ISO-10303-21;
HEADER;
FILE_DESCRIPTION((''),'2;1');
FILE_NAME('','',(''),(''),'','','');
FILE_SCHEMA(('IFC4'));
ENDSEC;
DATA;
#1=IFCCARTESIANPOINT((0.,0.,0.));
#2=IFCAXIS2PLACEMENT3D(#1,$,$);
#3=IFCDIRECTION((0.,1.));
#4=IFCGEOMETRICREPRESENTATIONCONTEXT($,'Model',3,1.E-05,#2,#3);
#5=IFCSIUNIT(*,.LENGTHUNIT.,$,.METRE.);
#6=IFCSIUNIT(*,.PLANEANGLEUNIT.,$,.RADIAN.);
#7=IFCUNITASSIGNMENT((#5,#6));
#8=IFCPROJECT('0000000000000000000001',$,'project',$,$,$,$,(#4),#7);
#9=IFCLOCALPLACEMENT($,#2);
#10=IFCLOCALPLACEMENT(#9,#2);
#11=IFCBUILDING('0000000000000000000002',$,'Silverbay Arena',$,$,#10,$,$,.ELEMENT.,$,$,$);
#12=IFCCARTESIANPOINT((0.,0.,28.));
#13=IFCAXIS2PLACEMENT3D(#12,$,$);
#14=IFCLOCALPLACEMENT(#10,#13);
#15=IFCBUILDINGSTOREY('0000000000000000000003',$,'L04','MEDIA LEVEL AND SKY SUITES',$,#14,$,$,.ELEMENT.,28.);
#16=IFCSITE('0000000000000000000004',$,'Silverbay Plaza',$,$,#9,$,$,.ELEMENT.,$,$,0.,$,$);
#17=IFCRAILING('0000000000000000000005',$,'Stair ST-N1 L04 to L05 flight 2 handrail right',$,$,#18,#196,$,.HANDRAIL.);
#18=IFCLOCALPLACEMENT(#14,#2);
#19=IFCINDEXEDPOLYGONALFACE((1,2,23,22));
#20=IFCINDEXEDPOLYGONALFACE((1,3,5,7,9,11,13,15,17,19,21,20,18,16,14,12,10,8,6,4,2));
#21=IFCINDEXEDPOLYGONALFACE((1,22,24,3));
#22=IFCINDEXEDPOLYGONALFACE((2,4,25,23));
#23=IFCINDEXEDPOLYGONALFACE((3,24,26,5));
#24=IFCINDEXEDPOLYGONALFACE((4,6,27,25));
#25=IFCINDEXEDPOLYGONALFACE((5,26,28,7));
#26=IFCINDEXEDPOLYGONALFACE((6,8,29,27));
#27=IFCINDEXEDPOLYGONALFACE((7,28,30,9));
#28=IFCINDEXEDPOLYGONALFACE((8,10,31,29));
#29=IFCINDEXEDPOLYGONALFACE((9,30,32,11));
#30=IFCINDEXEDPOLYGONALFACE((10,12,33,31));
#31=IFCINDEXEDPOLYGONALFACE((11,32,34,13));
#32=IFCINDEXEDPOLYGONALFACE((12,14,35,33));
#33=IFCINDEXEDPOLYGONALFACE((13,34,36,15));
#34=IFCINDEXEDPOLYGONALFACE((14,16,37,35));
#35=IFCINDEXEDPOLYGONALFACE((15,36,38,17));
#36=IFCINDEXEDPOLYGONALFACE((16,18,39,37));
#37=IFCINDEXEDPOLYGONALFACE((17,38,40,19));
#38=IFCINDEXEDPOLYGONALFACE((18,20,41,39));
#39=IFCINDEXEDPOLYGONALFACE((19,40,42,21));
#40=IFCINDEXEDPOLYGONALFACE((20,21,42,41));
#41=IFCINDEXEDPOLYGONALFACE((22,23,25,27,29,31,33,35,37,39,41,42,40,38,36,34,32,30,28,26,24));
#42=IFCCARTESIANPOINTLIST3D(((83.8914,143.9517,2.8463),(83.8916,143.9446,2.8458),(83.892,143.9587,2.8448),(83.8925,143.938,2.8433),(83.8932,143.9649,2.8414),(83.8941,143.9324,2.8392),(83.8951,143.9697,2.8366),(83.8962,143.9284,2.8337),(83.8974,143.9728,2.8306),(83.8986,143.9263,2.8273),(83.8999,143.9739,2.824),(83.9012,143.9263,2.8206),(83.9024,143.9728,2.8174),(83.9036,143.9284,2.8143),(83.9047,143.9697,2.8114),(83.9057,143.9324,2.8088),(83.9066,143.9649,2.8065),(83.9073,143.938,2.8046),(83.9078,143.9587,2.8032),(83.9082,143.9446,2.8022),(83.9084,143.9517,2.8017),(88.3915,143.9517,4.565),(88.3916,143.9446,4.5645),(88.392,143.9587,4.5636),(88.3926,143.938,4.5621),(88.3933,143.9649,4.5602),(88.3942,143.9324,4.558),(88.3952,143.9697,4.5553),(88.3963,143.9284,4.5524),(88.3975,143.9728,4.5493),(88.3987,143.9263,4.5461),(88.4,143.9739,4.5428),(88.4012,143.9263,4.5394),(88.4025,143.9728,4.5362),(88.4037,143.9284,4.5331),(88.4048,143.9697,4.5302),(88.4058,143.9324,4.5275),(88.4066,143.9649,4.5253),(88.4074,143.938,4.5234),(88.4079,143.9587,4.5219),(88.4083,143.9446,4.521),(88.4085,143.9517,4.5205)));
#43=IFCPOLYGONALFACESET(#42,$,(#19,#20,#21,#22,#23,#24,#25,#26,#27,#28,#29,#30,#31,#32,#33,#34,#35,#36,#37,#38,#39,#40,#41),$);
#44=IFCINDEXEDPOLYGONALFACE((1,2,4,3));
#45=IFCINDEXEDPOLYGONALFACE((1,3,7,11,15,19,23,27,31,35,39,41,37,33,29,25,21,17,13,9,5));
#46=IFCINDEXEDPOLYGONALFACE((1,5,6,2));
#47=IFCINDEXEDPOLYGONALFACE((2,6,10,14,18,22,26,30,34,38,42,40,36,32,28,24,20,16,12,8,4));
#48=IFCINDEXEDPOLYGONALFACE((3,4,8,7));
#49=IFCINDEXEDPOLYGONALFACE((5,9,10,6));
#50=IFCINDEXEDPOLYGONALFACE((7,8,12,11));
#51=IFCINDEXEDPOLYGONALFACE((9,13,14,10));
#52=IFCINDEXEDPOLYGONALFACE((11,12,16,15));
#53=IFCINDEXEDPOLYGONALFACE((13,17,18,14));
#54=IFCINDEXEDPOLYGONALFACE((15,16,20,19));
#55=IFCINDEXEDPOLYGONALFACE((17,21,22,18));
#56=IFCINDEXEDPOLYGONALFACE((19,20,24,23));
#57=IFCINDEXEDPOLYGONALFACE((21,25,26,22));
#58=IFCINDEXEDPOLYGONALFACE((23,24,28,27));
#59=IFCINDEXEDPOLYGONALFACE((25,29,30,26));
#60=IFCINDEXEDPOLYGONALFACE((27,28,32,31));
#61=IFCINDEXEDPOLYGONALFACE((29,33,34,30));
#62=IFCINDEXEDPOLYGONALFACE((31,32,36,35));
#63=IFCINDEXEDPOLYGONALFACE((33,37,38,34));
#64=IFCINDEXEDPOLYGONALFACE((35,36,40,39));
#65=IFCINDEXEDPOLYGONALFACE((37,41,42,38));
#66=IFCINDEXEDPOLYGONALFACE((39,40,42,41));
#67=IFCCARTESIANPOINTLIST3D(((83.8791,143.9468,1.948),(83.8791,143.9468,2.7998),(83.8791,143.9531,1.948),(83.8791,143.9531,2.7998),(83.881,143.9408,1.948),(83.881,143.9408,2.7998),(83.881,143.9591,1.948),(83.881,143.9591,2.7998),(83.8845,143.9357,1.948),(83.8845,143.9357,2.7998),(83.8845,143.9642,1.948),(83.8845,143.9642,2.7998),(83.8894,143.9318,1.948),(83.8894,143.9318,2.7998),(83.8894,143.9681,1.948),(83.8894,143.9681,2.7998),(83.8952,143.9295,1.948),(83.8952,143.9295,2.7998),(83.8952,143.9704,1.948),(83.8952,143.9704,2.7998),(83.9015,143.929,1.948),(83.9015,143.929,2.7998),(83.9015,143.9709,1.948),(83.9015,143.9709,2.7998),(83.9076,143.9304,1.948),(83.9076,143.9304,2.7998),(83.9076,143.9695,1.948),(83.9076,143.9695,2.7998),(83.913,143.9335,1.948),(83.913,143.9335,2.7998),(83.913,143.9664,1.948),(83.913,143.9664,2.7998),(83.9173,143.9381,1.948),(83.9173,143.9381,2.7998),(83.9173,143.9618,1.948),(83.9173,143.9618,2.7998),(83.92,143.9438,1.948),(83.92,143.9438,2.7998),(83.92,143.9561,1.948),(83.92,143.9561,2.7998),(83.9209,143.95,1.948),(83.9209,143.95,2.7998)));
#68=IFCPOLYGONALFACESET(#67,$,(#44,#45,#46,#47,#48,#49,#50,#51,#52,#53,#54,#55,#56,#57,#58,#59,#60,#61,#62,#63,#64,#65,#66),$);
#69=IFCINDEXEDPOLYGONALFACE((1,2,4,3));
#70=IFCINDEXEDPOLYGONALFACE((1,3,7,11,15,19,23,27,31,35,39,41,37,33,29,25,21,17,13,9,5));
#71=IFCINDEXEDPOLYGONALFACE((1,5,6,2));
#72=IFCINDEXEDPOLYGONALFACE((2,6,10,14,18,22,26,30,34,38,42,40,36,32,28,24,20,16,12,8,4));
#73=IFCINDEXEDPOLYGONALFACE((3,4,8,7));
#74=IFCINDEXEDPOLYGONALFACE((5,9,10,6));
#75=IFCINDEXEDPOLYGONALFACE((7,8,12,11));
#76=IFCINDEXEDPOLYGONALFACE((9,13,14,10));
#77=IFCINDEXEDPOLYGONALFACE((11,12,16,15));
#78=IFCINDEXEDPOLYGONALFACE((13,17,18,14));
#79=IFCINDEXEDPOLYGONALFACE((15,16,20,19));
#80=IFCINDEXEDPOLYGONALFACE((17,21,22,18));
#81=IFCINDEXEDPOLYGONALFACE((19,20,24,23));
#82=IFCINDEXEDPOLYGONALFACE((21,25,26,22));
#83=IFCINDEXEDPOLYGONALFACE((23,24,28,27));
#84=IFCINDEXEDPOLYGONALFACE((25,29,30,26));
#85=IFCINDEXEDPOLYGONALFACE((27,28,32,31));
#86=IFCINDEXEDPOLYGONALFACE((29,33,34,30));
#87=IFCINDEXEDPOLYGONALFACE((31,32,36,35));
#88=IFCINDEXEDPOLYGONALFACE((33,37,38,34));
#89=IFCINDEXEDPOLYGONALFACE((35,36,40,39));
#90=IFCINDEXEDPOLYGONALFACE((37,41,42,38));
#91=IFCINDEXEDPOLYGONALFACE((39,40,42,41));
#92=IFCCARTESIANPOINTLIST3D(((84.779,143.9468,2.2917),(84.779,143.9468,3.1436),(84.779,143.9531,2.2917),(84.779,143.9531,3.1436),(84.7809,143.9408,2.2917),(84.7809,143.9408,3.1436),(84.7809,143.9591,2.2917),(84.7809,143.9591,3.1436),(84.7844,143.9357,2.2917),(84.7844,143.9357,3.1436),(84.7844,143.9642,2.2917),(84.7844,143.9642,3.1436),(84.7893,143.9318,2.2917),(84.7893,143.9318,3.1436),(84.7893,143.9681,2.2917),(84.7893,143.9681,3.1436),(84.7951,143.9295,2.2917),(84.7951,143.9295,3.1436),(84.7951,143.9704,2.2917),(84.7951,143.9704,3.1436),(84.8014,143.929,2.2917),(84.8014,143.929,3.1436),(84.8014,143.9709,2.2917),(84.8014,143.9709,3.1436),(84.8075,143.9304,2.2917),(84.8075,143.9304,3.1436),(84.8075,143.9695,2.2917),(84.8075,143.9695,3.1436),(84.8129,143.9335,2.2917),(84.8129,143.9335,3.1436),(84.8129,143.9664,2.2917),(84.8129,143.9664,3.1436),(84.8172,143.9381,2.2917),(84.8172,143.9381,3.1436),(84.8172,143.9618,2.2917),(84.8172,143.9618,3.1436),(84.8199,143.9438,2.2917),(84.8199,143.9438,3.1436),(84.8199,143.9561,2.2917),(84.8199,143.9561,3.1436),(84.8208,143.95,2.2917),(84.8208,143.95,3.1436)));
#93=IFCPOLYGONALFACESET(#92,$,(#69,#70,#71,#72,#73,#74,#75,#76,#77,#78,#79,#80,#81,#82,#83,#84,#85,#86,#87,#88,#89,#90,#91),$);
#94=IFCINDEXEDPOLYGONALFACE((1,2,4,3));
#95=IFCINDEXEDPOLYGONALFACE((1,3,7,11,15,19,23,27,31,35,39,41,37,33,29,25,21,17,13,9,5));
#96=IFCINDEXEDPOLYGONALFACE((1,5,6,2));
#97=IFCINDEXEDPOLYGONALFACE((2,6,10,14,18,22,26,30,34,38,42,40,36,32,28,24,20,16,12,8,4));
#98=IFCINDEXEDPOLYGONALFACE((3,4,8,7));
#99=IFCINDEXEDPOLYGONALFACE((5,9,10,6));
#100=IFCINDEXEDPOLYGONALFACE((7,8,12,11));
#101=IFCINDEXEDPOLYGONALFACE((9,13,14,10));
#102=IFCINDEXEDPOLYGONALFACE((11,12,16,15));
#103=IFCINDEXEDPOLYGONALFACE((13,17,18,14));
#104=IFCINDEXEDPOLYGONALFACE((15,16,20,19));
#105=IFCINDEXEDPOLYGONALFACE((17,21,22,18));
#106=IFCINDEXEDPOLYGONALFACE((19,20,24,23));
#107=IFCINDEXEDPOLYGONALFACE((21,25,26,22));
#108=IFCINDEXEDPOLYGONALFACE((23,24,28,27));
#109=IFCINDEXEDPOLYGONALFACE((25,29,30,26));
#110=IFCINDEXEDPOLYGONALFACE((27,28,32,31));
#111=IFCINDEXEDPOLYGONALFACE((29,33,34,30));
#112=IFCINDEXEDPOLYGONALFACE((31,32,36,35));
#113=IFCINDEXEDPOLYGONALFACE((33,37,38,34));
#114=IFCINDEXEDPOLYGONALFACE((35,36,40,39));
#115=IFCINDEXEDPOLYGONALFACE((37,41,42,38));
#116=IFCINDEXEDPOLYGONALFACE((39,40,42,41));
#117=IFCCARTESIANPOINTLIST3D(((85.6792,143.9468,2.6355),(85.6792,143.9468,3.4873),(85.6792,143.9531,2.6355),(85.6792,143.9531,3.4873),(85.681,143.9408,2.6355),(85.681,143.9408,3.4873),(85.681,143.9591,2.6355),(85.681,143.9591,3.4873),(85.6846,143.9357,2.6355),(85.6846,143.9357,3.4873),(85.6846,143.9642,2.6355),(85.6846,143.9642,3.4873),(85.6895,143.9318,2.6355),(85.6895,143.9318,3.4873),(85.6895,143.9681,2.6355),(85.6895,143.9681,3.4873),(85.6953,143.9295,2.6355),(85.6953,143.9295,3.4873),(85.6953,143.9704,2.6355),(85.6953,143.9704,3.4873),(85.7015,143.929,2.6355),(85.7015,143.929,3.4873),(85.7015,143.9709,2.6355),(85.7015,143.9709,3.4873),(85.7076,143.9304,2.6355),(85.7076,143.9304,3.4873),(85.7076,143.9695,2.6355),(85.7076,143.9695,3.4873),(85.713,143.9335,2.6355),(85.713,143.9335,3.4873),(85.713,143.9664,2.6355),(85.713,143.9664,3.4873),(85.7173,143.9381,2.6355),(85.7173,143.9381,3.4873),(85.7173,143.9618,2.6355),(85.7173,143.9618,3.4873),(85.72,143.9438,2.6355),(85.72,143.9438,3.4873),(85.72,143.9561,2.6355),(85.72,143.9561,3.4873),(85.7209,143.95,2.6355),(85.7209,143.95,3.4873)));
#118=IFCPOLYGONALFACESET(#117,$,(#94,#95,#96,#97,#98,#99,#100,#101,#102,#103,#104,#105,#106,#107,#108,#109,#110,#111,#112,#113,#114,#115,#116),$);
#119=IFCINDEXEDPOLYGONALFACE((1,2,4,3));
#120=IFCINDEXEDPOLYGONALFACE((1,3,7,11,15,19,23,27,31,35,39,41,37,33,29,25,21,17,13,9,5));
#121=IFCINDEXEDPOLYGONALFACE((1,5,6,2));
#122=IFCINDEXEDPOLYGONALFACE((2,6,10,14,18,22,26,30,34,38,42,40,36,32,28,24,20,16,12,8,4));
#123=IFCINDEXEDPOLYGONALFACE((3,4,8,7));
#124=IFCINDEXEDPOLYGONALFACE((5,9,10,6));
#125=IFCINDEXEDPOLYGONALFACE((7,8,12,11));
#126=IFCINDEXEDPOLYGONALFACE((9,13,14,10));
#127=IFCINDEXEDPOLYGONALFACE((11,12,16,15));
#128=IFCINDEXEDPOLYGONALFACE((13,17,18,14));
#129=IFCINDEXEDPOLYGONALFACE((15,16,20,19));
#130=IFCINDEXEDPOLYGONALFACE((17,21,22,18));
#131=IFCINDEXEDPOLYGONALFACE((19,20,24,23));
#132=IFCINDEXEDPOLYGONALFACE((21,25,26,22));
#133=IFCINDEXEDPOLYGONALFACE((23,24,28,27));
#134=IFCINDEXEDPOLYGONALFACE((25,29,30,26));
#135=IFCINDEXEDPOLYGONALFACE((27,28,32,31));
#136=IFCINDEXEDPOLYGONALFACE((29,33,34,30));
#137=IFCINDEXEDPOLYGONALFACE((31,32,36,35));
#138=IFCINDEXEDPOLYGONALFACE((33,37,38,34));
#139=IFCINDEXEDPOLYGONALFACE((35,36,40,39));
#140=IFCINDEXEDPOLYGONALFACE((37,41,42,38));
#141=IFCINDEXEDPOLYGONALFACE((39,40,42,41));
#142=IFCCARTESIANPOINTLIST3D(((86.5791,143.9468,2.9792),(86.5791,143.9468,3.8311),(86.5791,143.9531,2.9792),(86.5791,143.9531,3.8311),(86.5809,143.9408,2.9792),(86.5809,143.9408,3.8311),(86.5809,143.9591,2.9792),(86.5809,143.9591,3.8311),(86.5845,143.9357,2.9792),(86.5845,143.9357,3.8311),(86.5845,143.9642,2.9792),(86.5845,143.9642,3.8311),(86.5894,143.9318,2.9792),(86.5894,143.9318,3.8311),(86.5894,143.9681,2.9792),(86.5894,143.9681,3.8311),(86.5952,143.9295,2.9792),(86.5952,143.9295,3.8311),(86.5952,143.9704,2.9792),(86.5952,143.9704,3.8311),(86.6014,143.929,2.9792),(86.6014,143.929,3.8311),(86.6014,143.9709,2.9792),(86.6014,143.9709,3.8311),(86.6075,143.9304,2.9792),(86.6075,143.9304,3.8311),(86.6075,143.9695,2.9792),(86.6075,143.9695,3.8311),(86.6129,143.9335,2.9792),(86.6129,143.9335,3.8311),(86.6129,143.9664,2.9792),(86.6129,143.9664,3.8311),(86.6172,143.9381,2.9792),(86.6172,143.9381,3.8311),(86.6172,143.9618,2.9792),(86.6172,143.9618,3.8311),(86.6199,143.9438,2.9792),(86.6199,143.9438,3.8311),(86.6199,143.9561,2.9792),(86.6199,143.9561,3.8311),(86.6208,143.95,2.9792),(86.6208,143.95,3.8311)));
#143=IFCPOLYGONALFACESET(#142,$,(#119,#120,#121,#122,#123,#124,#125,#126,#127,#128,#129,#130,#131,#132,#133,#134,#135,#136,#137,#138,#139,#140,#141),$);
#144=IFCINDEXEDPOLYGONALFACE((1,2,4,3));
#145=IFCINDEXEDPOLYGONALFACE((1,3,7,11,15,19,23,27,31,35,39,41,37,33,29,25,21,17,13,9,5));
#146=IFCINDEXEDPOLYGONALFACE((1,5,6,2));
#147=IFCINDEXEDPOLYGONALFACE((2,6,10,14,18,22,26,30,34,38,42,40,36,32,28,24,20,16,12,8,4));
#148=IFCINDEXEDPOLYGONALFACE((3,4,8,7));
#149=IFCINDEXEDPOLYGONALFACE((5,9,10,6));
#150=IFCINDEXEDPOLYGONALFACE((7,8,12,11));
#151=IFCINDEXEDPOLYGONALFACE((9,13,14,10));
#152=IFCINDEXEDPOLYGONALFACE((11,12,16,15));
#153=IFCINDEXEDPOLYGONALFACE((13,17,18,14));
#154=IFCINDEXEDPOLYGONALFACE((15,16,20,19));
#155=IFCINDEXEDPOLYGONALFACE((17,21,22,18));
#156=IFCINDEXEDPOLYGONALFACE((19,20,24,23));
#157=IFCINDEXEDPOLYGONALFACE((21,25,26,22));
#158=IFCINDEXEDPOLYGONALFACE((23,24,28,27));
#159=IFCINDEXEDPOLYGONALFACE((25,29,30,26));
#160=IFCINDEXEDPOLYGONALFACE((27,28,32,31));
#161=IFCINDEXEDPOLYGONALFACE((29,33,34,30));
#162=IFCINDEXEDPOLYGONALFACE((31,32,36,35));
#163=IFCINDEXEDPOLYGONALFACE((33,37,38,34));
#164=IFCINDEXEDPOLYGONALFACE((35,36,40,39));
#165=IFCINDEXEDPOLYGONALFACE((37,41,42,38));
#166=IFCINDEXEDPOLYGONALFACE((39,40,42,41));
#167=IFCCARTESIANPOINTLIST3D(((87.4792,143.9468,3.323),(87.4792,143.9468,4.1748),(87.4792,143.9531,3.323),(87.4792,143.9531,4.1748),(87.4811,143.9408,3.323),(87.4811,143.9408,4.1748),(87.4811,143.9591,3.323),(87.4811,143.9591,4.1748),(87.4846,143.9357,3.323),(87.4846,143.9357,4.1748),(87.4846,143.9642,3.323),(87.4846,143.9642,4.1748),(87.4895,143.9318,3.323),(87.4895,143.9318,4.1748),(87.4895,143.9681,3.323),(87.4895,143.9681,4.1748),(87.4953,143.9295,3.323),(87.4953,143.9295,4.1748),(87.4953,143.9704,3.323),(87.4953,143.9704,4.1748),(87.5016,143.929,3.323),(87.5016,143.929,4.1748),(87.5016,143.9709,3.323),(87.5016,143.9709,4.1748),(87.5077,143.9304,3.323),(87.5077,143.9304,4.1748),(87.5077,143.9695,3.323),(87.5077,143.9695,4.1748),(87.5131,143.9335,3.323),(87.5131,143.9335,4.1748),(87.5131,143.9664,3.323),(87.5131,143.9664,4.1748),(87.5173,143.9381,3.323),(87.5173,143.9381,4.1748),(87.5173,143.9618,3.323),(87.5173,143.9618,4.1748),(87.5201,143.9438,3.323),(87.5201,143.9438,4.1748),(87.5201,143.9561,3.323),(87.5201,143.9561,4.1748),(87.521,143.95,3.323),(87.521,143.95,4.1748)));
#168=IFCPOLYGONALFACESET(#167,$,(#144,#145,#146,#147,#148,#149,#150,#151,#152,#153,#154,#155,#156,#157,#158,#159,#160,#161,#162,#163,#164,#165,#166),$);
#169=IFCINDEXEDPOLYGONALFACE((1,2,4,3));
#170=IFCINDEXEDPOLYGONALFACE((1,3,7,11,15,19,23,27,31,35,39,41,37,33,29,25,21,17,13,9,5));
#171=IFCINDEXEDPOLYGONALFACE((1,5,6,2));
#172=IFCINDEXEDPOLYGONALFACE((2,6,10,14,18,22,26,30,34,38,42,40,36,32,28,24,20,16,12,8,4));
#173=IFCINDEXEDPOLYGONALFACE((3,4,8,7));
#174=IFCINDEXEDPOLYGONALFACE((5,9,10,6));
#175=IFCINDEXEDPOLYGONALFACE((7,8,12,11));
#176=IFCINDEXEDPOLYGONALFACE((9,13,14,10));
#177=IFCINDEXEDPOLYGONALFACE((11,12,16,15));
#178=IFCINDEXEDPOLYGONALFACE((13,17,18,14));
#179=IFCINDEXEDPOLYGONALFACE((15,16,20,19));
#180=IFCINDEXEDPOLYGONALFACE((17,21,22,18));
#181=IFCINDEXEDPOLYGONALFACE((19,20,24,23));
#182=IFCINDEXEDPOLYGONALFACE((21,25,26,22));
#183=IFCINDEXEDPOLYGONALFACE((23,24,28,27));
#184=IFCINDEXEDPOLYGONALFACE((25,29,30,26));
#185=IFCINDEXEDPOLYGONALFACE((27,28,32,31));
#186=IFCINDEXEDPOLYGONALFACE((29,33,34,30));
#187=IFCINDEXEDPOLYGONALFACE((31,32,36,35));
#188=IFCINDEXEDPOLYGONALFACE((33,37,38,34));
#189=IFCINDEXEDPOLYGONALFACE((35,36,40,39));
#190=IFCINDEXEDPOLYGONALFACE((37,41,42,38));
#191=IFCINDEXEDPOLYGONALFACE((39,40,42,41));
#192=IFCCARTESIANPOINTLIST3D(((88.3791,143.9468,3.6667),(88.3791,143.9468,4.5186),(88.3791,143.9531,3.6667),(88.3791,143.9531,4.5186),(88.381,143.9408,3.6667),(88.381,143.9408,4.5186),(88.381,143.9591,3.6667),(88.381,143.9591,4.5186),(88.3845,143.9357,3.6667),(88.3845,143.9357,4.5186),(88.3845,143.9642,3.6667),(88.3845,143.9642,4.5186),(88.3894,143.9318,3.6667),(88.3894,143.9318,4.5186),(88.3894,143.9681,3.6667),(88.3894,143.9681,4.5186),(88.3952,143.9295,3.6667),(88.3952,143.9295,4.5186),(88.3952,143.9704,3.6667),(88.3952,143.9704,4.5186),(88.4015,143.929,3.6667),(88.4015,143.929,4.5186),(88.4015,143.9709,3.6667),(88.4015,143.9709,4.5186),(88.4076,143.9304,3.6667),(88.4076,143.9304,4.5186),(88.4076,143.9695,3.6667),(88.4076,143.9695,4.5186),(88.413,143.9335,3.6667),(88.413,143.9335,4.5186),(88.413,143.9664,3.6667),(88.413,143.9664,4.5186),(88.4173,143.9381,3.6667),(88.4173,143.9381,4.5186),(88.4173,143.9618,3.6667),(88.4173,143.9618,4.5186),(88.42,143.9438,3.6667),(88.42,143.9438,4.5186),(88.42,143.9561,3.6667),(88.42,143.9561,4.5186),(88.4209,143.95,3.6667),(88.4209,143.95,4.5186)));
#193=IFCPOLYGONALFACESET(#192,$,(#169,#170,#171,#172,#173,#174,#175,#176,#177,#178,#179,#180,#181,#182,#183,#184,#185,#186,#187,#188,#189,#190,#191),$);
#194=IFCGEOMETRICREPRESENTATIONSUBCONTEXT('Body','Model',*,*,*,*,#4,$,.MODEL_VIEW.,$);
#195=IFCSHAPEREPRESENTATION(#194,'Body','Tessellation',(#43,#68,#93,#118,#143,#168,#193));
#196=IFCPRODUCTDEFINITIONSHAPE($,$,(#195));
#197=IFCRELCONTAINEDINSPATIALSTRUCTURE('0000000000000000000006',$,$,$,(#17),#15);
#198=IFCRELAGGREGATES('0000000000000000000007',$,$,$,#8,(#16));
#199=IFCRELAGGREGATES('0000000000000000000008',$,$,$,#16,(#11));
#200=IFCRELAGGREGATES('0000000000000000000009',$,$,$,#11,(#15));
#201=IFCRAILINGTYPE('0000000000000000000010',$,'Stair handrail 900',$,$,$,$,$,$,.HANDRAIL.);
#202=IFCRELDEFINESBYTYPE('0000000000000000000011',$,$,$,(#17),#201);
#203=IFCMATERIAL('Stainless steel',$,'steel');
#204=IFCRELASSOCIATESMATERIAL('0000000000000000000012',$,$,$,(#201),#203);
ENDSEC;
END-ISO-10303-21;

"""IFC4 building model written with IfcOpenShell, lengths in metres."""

from ifc_helpers import new_model, si_unit, direction, frame, origin, origin_2d, place, context, subcontext, project, spatial, circle, extrude, material, type_object, element, save


model = new_model("IFC4")

# Units and contexts
model_context = context("Model", 3, precision=1e-05, world=origin(), true_north=direction((0.0, 1.0)))
body_context = subcontext(model_context, "Body", "Model", "MODEL_VIEW")
ifc_project = project(units=[si_unit("LENGTHUNIT", "METRE"), si_unit("PLANEANGLEUNIT", "RADIAN")], contexts=[model_context])

# Site, building, storey
site_placement = place(None, origin())
site = spatial("IfcSite", under=ifc_project, at=site_placement, Name="Silverbay Plaza", CompositionType="ELEMENT", RefElevation=0.0)
building_placement = place(site_placement, origin())
building = spatial("IfcBuilding", under=site, at=building_placement, Name="Silverbay Arena", CompositionType="ELEMENT")
storey_placement = place(building_placement, frame((0.0, 0.0, 28.0)))
storey = spatial("IfcBuildingStorey", under=building, at=storey_placement, Name="L04", Description="MEDIA LEVEL AND SKY SUITES", CompositionType="ELEMENT", Elevation=28.0)

# Railing
ifc_material_1 = material(Name="Stainless steel", Category="steel")
railing_type_1 = type_object("IfcRailingType", Name="Stair handrail 900", PredefinedType="HANDRAIL", material=ifc_material_1)
for number, where, name in (
    (1, (83.8999, 143.95, 1.948), "Stair ST-N1 L04 to L05 flight 2 handrail right"),
):
    element("IfcRailing", number, at=place(storey_placement, frame(where)), inside=storey, type_object=railing_type_1, Name=name, PredefinedType="HANDRAIL", context=body_context, shape_type="SweptSolid", body=[
        extrude(circle(Radius=0.0239, at=origin_2d()), frame((0.0, 0.0, 0.876), z_axis=(0.934179, 0.0, 0.356805), x_axis=(0.0, 1.0, 0.0)), (0.0, 0.0, 1.0), 4.8171),
        extrude(circle(Radius=0.021, at=origin_2d()), origin(), (0.0, 0.0, 1.0), 0.8518),
        extrude(circle(Radius=0.021, at=origin_2d()), frame((0.8999, 0.0, 0.3438)), (0.0, 0.0, 1.0), 0.8518),
        extrude(circle(Radius=0.021, at=origin_2d()), frame((1.8, 0.0, 0.6875)), (0.0, 0.0, 1.0), 0.8518),
        extrude(circle(Radius=0.021, at=origin_2d()), frame((2.7, 0.0, 1.0312)), (0.0, 0.0, 1.0), 0.8518),
        extrude(circle(Radius=0.021, at=origin_2d()), frame((3.6001, 0.0, 1.375)), (0.0, 0.0, 1.0), 0.8518),
        extrude(circle(Radius=0.021, at=origin_2d()), frame((4.5, 0.0, 1.7188)), (0.0, 0.0, 1.0), 0.8518),
    ])

save(model, "model.ifc")
